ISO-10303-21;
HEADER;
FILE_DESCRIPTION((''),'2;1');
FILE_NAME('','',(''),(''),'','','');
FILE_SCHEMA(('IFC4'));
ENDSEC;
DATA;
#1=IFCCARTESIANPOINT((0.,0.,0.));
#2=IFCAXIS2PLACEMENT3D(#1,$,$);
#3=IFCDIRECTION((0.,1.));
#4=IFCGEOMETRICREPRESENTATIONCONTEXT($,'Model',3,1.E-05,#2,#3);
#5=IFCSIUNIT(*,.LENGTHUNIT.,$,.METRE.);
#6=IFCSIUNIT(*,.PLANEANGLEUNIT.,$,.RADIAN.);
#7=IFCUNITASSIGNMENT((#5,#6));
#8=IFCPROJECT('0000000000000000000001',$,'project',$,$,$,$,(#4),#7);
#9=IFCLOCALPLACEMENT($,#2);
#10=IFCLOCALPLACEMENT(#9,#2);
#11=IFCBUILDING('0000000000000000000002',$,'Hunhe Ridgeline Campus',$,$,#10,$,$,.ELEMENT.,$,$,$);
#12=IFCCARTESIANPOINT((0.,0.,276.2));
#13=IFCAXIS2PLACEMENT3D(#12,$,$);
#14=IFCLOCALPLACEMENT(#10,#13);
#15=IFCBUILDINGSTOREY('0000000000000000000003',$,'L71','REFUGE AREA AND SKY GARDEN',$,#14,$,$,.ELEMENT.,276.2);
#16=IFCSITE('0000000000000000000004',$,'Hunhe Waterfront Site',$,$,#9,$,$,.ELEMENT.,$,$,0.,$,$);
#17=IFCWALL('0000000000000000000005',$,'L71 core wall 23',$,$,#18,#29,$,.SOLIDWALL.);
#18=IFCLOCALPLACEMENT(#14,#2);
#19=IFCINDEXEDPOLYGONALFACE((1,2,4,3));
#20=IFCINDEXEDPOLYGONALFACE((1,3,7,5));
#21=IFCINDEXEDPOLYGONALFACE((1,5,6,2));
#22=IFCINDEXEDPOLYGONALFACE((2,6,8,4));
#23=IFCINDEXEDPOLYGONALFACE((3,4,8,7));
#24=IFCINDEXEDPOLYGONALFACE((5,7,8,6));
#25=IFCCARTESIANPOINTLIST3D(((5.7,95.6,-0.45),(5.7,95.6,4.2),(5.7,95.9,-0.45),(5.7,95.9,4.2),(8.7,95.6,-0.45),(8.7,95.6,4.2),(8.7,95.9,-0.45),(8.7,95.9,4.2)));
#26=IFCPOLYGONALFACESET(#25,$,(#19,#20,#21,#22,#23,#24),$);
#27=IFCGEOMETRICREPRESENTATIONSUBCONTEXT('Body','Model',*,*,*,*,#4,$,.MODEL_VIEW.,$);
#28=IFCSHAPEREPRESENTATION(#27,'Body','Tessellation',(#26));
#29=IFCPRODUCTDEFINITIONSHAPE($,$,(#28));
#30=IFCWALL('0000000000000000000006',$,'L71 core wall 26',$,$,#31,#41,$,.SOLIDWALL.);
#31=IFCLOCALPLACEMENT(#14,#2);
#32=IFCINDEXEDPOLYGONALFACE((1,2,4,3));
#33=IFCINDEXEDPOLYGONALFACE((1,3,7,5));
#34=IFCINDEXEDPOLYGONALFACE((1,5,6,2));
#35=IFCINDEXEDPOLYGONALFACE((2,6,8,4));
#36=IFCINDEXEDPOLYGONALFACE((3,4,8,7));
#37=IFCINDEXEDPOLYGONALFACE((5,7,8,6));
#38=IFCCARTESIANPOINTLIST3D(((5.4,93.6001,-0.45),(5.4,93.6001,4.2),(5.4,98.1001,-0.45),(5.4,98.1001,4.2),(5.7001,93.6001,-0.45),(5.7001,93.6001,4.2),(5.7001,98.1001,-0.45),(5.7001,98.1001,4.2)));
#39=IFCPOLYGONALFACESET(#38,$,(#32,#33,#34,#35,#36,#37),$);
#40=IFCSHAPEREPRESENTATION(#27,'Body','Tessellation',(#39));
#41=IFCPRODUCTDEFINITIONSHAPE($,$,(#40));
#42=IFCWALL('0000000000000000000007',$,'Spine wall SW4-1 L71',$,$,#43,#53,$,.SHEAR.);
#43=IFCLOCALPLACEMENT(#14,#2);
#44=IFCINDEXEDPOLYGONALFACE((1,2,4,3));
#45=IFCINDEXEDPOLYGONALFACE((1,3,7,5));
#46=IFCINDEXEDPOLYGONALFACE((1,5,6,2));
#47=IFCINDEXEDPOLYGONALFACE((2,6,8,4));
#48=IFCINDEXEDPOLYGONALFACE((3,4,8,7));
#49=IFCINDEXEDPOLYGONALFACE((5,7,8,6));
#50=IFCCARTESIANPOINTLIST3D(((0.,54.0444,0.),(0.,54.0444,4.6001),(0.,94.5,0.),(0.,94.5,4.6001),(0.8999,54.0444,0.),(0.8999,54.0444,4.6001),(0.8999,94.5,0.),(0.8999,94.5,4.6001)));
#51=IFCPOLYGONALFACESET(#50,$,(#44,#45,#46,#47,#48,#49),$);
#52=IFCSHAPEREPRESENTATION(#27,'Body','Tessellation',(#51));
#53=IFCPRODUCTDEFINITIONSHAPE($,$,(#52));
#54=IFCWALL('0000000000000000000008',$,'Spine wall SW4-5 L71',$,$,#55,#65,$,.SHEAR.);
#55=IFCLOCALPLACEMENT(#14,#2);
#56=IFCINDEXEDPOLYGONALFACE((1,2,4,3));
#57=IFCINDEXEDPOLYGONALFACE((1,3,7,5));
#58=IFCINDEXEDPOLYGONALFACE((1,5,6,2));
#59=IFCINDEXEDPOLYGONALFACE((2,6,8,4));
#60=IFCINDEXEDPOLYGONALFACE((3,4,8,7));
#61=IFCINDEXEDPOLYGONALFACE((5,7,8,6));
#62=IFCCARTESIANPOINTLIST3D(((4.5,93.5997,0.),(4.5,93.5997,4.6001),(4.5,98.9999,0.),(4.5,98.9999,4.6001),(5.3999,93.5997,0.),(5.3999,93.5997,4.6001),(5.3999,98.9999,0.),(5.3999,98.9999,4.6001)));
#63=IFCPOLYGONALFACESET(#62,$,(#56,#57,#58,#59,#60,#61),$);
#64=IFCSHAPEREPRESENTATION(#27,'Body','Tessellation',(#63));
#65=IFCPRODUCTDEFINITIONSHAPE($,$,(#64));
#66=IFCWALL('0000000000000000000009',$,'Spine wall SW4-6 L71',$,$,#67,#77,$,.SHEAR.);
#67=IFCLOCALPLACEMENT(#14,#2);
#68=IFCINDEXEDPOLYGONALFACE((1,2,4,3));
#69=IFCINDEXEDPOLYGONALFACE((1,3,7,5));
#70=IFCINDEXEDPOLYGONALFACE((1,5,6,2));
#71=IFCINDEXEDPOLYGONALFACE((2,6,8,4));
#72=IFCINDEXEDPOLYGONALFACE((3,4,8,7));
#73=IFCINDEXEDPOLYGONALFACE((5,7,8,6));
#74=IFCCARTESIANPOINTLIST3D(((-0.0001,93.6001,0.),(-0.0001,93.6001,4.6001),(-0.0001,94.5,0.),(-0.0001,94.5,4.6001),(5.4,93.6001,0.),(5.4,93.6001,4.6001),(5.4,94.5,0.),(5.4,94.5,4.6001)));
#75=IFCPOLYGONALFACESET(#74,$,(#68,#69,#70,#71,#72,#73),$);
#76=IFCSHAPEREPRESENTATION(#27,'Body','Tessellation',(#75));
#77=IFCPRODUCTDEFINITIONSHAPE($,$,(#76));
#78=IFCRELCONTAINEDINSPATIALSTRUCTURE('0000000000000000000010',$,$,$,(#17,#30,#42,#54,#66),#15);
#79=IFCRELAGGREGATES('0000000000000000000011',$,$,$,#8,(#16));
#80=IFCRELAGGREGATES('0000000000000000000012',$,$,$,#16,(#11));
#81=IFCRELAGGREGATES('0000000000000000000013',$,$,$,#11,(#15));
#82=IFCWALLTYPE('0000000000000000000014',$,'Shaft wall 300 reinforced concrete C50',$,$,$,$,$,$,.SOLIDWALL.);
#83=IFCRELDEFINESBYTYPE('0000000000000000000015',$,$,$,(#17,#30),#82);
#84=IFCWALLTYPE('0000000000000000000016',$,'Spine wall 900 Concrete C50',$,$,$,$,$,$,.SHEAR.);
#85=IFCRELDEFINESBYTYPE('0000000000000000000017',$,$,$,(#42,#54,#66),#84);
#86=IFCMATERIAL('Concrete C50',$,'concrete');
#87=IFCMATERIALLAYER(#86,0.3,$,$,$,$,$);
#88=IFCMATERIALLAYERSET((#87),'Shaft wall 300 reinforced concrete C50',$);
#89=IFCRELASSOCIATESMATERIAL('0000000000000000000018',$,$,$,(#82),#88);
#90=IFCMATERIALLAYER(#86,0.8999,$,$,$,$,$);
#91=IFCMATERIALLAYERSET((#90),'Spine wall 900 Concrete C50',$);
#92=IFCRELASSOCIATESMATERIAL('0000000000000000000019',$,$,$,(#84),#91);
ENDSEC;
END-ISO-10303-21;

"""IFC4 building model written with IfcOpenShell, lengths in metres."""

from ifc_helpers import new_model, si_unit, direction, frame, frame_2d, origin, place, context, subcontext, project, spatial, rectangle, extrude, material, layer, layer_set, type_object, element, save


model = new_model("IFC4")

# Units and contexts
model_context = context("Model", 3, precision=1e-05, world=origin(), true_north=direction((0.0, 1.0)))
body_context = subcontext(model_context, "Body", "Model", "MODEL_VIEW")
ifc_project = project(units=[si_unit("LENGTHUNIT", "METRE"), si_unit("PLANEANGLEUNIT", "RADIAN")], contexts=[model_context])

# Site, building, storey
site_placement = place(None, origin())
site = spatial("IfcSite", under=ifc_project, at=site_placement, Name="Hunhe Waterfront Site", CompositionType="ELEMENT", RefElevation=0.0)
building_placement = place(site_placement, origin())
building = spatial("IfcBuilding", under=site, at=building_placement, Name="Hunhe Ridgeline Campus", CompositionType="ELEMENT")
storey_placement = place(building_placement, frame((0.0, 0.0, 276.2)))
storey = spatial("IfcBuildingStorey", under=building, at=storey_placement, Name="L71", Description="REFUGE AREA AND SKY GARDEN", CompositionType="ELEMENT", Elevation=276.2)

# Shared definitions
ifc_material_1 = material(Name="Concrete C50", Category="concrete")
ifc_layer_1 = layer(ifc_material_1, 0.3)
ifc_layer_set_1 = layer_set([ifc_layer_1], Name="Shaft wall 300 reinforced concrete C50")
wall_type_1 = type_object("IfcWallType", Name="Shaft wall 300 reinforced concrete C50", PredefinedType="SOLIDWALL", material=ifc_layer_set_1)

# Walls
wall_1_placement = place(storey_placement, frame((5.7, 95.75, -0.45), z_axis=(0.0, 0.0, 1.0), x_axis=(1.0, 0.0, 0.0)))
element("IfcWall", 1, at=wall_1_placement, inside=storey, type_object=wall_type_1, Name="L71 core wall 23", PredefinedType="SOLIDWALL", context=body_context, shape_type="SweptSolid", body=[
    extrude(rectangle(XDim=3.0, YDim=0.3, at=frame_2d((1.5, 0.0))), origin(), (0.0, 0.0, 1.0), 4.6499),
])
wall_2_placement = place(storey_placement, frame((5.55, 93.6001, -0.45), z_axis=(0.0, 0.0, 1.0), x_axis=(0.0, 1.0, 0.0)))
element("IfcWall", 2, at=wall_2_placement, inside=storey, type_object=wall_type_1, Name="L71 core wall 26", PredefinedType="SOLIDWALL", context=body_context, shape_type="SweptSolid", body=[
    extrude(rectangle(XDim=4.5, YDim=0.3, at=frame_2d((2.25, 0.0))), origin(), (0.0, 0.0, 1.0), 4.6499),
])

# Walls
ifc_layer_2 = layer(ifc_material_1, 0.8999)
ifc_layer_set_2 = layer_set([ifc_layer_2], Name="Spine wall 900 Concrete C50")
wall_type_2 = type_object("IfcWallType", Name="Spine wall 900 Concrete C50", PredefinedType="SHEAR", material=ifc_layer_set_2)
wall_3_placement = place(storey_placement, frame((0.45, 94.5, 0.0), z_axis=(0.0, 0.0, 1.0), x_axis=(0.0, -1.0, 0.0)))
element("IfcWall", 3, at=wall_3_placement, inside=storey, type_object=wall_type_2, Name="Spine wall SW4-1 L71", PredefinedType="SHEAR", context=body_context, shape_type="SweptSolid", body=[
    extrude(rectangle(XDim=40.4556, YDim=0.8999, at=frame_2d((20.2278, 0.0))), origin(), (0.0, 0.0, 1.0), 4.6001),
])
for number, where, z_axis, x_axis, name in (
    (4, (4.95, 99.0, 0.0), (0.0, 0.0, 1.0), (0.0, -1.0, 0.0), "Spine wall SW4-5 L71"),
    (5, (5.4001, 94.05, 0.0), (0.0, 0.0, 1.0), (-1.0, 0.0, 0.0), "Spine wall SW4-6 L71"),
):
    element("IfcWall", number, at=place(storey_placement, frame(where, z_axis=z_axis, x_axis=x_axis)), inside=storey, type_object=wall_type_2, Name=name, PredefinedType="SHEAR", context=body_context, shape_type="SweptSolid", body=[
        extrude(rectangle(XDim=5.4001, YDim=0.8999, at=frame_2d((2.7002, 0.0))), origin(), (0.0, 0.0, 1.0), 4.6001),
    ])

save(model, "model.ifc")
